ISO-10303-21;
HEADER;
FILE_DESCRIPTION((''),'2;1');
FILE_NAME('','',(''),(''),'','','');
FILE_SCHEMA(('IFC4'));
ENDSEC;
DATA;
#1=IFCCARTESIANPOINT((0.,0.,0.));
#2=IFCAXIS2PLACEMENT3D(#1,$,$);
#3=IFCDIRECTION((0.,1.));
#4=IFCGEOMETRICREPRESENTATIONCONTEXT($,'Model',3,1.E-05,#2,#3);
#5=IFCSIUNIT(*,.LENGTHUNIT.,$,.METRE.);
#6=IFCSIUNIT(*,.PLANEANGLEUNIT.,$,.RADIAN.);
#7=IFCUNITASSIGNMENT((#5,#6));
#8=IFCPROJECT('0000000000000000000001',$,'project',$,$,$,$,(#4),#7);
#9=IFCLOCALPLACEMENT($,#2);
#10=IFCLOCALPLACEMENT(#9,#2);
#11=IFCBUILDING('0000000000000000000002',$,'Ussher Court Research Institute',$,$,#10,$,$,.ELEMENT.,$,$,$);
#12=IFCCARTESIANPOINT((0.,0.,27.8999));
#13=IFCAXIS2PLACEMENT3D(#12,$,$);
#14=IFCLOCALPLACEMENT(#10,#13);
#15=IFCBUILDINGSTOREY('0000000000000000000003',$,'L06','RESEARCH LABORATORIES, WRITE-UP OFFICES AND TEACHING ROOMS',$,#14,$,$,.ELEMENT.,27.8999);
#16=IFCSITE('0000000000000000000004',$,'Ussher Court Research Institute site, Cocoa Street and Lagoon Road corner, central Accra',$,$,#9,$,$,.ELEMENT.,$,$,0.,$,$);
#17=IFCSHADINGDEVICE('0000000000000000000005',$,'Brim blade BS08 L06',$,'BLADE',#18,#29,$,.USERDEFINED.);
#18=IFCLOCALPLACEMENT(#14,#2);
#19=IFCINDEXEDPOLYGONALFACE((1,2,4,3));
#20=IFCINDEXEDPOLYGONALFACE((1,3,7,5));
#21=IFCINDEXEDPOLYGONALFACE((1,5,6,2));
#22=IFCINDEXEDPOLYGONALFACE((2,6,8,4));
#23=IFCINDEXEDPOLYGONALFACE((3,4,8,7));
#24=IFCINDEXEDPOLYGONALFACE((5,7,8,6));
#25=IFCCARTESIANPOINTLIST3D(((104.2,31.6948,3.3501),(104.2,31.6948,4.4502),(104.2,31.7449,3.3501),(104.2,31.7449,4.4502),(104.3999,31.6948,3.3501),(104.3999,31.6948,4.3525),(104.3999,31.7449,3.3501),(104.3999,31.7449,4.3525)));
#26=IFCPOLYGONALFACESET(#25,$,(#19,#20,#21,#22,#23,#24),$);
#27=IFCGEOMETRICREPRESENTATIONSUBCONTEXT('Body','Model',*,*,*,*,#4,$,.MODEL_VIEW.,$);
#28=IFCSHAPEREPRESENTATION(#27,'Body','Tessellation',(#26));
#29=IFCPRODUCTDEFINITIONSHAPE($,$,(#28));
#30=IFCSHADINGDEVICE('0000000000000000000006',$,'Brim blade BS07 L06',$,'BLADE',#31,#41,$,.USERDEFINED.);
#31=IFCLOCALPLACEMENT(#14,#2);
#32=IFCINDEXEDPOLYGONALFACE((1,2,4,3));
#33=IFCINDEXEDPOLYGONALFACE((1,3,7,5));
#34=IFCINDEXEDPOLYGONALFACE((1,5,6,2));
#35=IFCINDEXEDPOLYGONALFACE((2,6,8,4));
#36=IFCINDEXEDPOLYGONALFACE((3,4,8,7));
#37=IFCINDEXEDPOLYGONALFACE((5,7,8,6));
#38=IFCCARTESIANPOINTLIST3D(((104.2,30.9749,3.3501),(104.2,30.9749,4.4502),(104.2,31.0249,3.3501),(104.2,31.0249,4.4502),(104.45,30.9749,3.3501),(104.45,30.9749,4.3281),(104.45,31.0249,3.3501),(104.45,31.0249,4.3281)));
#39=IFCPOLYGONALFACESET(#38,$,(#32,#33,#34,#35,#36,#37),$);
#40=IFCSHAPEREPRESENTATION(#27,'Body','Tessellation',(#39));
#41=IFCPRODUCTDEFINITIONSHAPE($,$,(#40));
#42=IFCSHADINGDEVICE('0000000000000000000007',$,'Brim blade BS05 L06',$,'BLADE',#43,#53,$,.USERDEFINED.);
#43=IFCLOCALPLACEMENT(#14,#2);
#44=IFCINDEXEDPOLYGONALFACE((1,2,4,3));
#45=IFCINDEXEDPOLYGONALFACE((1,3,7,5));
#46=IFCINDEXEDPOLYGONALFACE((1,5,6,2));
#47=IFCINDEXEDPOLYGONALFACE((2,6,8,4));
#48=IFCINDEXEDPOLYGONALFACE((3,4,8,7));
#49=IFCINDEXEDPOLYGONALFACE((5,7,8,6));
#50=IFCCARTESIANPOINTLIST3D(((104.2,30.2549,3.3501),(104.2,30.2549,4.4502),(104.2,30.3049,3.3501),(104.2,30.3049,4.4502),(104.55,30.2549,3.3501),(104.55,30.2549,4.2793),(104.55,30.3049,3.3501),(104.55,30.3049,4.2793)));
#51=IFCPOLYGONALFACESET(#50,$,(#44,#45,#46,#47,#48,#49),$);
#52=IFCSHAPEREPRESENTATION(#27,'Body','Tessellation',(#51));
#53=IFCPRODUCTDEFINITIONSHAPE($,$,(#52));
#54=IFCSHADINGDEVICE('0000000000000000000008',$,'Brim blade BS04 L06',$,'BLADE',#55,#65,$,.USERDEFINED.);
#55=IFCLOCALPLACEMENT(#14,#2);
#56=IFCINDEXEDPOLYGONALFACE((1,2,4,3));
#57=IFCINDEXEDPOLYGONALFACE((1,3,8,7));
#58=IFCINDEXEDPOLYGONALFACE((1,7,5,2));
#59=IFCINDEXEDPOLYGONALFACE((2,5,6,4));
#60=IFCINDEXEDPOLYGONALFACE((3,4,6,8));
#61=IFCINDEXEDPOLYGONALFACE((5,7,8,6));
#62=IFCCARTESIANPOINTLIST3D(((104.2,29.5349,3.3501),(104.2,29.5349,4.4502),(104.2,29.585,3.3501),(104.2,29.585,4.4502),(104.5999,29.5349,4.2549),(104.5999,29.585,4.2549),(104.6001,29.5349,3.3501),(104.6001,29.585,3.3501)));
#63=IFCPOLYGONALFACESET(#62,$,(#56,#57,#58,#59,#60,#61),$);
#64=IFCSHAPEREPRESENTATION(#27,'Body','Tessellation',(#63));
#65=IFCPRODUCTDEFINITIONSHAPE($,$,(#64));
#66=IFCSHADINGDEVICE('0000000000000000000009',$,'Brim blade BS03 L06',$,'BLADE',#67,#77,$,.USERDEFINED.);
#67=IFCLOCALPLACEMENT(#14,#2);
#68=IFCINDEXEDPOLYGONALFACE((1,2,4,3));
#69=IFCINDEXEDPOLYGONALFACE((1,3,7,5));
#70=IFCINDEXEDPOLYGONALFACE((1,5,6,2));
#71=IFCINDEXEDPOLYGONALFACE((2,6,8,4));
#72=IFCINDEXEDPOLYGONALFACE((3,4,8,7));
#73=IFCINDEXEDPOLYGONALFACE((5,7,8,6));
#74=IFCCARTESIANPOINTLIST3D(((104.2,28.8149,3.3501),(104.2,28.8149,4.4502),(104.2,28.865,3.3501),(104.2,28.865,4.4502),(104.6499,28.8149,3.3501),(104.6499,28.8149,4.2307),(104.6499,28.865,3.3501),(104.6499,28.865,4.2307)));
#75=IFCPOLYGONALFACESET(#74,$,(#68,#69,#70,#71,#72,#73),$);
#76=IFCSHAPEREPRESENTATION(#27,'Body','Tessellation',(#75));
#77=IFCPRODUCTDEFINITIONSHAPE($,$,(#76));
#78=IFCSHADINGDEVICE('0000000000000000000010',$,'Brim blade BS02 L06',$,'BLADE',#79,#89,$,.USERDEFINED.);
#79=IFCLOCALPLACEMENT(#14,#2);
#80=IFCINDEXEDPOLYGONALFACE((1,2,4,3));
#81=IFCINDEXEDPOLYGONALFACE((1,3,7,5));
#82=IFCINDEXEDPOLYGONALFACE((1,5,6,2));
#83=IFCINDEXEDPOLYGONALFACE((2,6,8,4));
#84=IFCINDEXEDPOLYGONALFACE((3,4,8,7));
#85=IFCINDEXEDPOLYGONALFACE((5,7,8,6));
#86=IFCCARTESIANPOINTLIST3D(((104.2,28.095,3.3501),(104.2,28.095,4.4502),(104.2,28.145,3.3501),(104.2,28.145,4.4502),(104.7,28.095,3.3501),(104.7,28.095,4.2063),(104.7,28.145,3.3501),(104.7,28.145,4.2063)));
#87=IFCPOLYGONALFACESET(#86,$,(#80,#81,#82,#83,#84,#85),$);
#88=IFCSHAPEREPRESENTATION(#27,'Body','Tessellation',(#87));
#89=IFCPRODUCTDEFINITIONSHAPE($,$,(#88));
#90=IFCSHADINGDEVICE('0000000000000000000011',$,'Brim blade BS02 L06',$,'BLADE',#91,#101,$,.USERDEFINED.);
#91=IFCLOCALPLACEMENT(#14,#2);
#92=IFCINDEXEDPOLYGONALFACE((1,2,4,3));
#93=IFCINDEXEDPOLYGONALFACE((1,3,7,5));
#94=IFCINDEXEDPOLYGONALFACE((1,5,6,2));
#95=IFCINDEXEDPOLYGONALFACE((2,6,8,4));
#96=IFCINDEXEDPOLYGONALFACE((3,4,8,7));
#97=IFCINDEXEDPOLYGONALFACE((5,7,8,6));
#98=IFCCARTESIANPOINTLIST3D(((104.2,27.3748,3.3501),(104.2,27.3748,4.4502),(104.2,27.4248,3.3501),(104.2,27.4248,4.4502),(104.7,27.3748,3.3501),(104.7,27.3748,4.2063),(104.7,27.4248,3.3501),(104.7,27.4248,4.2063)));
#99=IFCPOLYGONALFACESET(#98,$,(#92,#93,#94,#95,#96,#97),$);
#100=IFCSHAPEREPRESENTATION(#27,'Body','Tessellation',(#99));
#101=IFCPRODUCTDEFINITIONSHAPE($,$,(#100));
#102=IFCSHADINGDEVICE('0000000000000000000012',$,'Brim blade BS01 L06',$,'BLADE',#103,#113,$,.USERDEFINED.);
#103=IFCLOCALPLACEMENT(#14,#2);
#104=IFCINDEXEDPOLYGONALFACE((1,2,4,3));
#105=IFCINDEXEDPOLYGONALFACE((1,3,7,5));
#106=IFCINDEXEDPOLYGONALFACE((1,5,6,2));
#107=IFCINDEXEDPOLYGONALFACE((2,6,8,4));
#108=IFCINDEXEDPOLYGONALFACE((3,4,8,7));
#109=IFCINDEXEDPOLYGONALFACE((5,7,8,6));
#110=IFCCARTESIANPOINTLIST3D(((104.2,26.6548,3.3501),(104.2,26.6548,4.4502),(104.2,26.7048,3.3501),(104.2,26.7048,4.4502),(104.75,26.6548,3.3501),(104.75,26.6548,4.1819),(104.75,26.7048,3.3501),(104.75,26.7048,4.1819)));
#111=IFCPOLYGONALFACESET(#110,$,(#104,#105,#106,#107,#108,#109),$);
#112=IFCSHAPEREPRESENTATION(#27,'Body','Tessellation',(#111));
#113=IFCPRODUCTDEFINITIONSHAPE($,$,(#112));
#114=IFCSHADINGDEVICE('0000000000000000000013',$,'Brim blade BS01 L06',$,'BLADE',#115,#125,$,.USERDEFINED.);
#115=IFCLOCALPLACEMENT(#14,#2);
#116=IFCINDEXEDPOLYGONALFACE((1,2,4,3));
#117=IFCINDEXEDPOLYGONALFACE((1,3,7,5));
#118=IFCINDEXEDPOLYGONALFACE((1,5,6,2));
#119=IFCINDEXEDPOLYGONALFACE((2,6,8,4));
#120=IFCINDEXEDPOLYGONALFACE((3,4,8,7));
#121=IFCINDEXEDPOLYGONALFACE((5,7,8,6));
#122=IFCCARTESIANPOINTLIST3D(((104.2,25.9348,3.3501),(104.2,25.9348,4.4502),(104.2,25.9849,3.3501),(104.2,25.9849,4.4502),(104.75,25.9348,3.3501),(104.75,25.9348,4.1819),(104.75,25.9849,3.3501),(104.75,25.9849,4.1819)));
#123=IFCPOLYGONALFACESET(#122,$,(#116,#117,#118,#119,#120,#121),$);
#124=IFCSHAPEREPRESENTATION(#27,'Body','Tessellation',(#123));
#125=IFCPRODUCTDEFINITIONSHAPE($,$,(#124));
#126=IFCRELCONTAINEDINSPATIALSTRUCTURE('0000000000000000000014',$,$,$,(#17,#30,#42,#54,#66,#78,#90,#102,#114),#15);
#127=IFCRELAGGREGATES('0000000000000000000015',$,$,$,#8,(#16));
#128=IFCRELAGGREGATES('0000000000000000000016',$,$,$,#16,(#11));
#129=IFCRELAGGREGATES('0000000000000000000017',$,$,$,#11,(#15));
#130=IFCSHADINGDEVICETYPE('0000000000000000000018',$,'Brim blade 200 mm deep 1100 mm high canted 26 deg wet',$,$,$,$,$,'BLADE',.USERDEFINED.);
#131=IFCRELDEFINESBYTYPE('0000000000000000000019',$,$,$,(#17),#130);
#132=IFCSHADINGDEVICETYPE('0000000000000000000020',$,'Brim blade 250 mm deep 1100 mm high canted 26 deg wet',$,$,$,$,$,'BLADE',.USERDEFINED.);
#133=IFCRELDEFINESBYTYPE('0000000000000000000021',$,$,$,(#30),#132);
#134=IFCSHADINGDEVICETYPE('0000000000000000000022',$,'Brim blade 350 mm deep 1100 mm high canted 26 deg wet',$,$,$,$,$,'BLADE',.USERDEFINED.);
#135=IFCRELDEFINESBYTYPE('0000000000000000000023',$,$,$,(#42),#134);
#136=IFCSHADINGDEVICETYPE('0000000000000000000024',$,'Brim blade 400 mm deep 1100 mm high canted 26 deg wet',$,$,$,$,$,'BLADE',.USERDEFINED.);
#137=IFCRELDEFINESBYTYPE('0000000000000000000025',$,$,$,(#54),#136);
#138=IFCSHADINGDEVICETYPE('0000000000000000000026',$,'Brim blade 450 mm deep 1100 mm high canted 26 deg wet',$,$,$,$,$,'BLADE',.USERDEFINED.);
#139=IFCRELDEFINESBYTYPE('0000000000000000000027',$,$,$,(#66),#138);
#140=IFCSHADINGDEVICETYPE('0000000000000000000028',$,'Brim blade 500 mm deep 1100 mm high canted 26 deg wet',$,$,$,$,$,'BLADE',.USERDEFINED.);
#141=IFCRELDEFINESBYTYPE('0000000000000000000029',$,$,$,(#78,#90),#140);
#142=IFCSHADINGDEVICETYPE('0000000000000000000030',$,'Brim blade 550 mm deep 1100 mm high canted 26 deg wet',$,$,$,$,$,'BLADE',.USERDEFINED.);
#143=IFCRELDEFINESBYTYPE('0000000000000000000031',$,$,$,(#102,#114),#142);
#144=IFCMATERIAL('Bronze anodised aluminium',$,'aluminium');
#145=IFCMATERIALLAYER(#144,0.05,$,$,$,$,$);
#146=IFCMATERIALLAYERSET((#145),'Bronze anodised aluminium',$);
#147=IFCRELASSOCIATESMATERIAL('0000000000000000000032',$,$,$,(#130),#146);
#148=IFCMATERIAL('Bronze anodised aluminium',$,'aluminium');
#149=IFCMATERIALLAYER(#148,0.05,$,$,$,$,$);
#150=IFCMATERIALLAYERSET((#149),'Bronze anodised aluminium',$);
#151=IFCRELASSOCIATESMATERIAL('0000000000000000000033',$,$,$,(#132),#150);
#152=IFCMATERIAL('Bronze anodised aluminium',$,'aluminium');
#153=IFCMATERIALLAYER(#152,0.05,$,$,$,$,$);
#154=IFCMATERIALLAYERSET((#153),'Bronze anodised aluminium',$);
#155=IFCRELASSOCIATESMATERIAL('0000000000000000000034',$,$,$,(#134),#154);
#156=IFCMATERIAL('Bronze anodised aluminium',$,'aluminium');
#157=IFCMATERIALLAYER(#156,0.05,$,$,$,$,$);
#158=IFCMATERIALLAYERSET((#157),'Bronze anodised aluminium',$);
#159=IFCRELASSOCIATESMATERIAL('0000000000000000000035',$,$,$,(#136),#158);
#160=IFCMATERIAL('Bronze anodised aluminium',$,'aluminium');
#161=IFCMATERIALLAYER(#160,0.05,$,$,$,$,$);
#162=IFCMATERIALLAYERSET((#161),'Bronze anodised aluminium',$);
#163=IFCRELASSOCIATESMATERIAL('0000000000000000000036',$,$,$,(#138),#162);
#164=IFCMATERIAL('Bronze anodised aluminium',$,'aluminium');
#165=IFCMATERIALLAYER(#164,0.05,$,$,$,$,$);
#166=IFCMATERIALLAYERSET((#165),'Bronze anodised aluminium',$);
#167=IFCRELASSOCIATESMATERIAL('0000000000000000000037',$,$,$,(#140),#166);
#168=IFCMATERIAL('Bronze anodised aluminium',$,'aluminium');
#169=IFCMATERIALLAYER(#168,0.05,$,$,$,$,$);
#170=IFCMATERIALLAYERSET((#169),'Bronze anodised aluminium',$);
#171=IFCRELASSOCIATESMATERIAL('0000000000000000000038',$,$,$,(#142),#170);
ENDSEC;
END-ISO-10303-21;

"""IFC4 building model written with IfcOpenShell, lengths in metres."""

from ifc_helpers import new_model, si_unit, direction, frame, origin, place, context, subcontext, project, spatial, polyline, outline, extrude, material, layer, layer_set, type_object, element, save


model = new_model("IFC4")

# Units and contexts
model_context = context("Model", 3, precision=1e-05, world=origin(), true_north=direction((0.0, 1.0)))
body_context = subcontext(model_context, "Body", "Model", "MODEL_VIEW")
ifc_project = project(units=[si_unit("LENGTHUNIT", "METRE"), si_unit("PLANEANGLEUNIT", "RADIAN")], contexts=[model_context])

# Site, building, storey
site_placement = place(None, origin())
site = spatial("IfcSite", under=ifc_project, at=site_placement, Name="Ussher Court Research Institute site, Cocoa Street and Lagoon Road corner, central Accra", CompositionType="ELEMENT", RefElevation=0.0)
building_placement = place(site_placement, origin())
building = spatial("IfcBuilding", under=site, at=building_placement, Name="Ussher Court Research Institute", CompositionType="ELEMENT")
storey_placement = place(building_placement, frame((0.0, 0.0, 27.8999)))
storey = spatial("IfcBuildingStorey", under=building, at=storey_placement, Name="L06", Description="RESEARCH LABORATORIES, WRITE-UP OFFICES AND TEACHING ROOMS", CompositionType="ELEMENT", Elevation=27.8999)

# Shading devices
ifc_material_1 = material(Name="Bronze anodised aluminium", Category="aluminium")
ifc_layer_1 = layer(ifc_material_1, 0.05)
ifc_layer_set_1 = layer_set([ifc_layer_1], Name="Bronze anodised aluminium")
shading_device_type_1 = type_object("IfcShadingDeviceType", Name="Brim blade 200 mm deep 1100 mm high canted 26 deg wet", ElementType="BLADE", PredefinedType="USERDEFINED", material=ifc_layer_set_1)
shading_device_1_placement = place(storey_placement, frame((104.2, 31.72, 3.3501), z_axis=(0.0, 0.0, 1.0), x_axis=(1.0, 0.0, 0.0)))
element("IfcShadingDevice", 1, at=shading_device_1_placement, inside=storey, type_object=shading_device_type_1, Name="Brim blade BS08 L06", ObjectType="BLADE", PredefinedType="USERDEFINED", context=body_context, shape_type="SweptSolid", body=[
    extrude(outline(polyline([(0.0, 0.0), (0.2, 0.0), (0.2, 1.0024), (0.0, 1.1001), (0.0, 0.0)])), frame((0.0, 0.0249, 0.0), z_axis=(0.0, -1.0, 0.0), x_axis=(1.0, 0.0, 0.0)), (0.0, 0.0, 1.0), 0.05),
])
ifc_material_2 = material(Name="Bronze anodised aluminium", Category="aluminium")
ifc_layer_2 = layer(ifc_material_2, 0.05)
ifc_layer_set_2 = layer_set([ifc_layer_2], Name="Bronze anodised aluminium")
shading_device_type_2 = type_object("IfcShadingDeviceType", Name="Brim blade 250 mm deep 1100 mm high canted 26 deg wet", ElementType="BLADE", PredefinedType="USERDEFINED", material=ifc_layer_set_2)
shading_device_2_placement = place(storey_placement, frame((104.2, 31.0, 3.3501), z_axis=(0.0, 0.0, 1.0), x_axis=(1.0, 0.0, 0.0)))
element("IfcShadingDevice", 2, at=shading_device_2_placement, inside=storey, type_object=shading_device_type_2, Name="Brim blade BS07 L06", ObjectType="BLADE", PredefinedType="USERDEFINED", context=body_context, shape_type="SweptSolid", body=[
    extrude(outline(polyline([(0.0, 0.0), (0.25, 0.0), (0.25, 0.978), (0.0, 1.1001), (0.0, 0.0)])), frame((0.0, 0.0249, 0.0), z_axis=(0.0, -1.0, 0.0), x_axis=(1.0, 0.0, 0.0)), (0.0, 0.0, 1.0), 0.05),
])
ifc_material_3 = material(Name="Bronze anodised aluminium", Category="aluminium")
ifc_layer_3 = layer(ifc_material_3, 0.05)
ifc_layer_set_3 = layer_set([ifc_layer_3], Name="Bronze anodised aluminium")
shading_device_type_3 = type_object("IfcShadingDeviceType", Name="Brim blade 350 mm deep 1100 mm high canted 26 deg wet", ElementType="BLADE", PredefinedType="USERDEFINED", material=ifc_layer_set_3)
shading_device_3_placement = place(storey_placement, frame((104.2, 30.28, 3.3501), z_axis=(0.0, 0.0, 1.0), x_axis=(1.0, 0.0, 0.0)))
element("IfcShadingDevice", 3, at=shading_device_3_placement, inside=storey, type_object=shading_device_type_3, Name="Brim blade BS05 L06", ObjectType="BLADE", PredefinedType="USERDEFINED", context=body_context, shape_type="SweptSolid", body=[
    extrude(outline(polyline([(0.0, 0.0), (0.3501, 0.0), (0.3501, 0.9292), (0.0, 1.1001), (0.0, 0.0)])), frame((0.0, 0.0249, 0.0), z_axis=(0.0, -1.0, 0.0), x_axis=(1.0, 0.0, 0.0)), (0.0, 0.0, 1.0), 0.05),
])
ifc_material_4 = material(Name="Bronze anodised aluminium", Category="aluminium")
ifc_layer_4 = layer(ifc_material_4, 0.05)
ifc_layer_set_4 = layer_set([ifc_layer_4], Name="Bronze anodised aluminium")
shading_device_type_4 = type_object("IfcShadingDeviceType", Name="Brim blade 400 mm deep 1100 mm high canted 26 deg wet", ElementType="BLADE", PredefinedType="USERDEFINED", material=ifc_layer_set_4)
shading_device_4_placement = place(storey_placement, frame((104.2, 29.5601, 3.3501), z_axis=(0.0, 0.0, 1.0), x_axis=(1.0, 0.0, 0.0)))
element("IfcShadingDevice", 4, at=shading_device_4_placement, inside=storey, type_object=shading_device_type_4, Name="Brim blade BS04 L06", ObjectType="BLADE", PredefinedType="USERDEFINED", context=body_context, shape_type="SweptSolid", body=[
    extrude(outline(polyline([(0.0, 0.0), (0.4001, 0.0), (0.3999, 0.9048), (0.0, 1.1001), (0.0, 0.0)])), frame((0.0, 0.0249, 0.0), z_axis=(0.0, -1.0, 0.0), x_axis=(1.0, 0.0, 0.0)), (0.0, 0.0, 1.0), 0.05),
])
ifc_material_5 = material(Name="Bronze anodised aluminium", Category="aluminium")
ifc_layer_5 = layer(ifc_material_5, 0.05)
ifc_layer_set_5 = layer_set([ifc_layer_5], Name="Bronze anodised aluminium")
shading_device_type_5 = type_object("IfcShadingDeviceType", Name="Brim blade 450 mm deep 1100 mm high canted 26 deg wet", ElementType="BLADE", PredefinedType="USERDEFINED", material=ifc_layer_set_5)
shading_device_5_placement = place(storey_placement, frame((104.2, 28.8401, 3.3501), z_axis=(0.0, 0.0, 1.0), x_axis=(1.0, 0.0, 0.0)))
element("IfcShadingDevice", 5, at=shading_device_5_placement, inside=storey, type_object=shading_device_type_5, Name="Brim blade BS03 L06", ObjectType="BLADE", PredefinedType="USERDEFINED", context=body_context, shape_type="SweptSolid", body=[
    extrude(outline(polyline([(0.0, 0.0), (0.45, 0.0), (0.45, 0.8806), (0.0, 1.1001), (0.0, 0.0)])), frame((0.0, 0.0249, 0.0), z_axis=(0.0, -1.0, 0.0), x_axis=(1.0, 0.0, 0.0)), (0.0, 0.0, 1.0), 0.05),
])
ifc_material_6 = material(Name="Bronze anodised aluminium", Category="aluminium")
ifc_layer_6 = layer(ifc_material_6, 0.05)
ifc_layer_set_6 = layer_set([ifc_layer_6], Name="Bronze anodised aluminium")
shading_device_type_6 = type_object("IfcShadingDeviceType", Name="Brim blade 500 mm deep 1100 mm high canted 26 deg wet", ElementType="BLADE", PredefinedType="USERDEFINED", material=ifc_layer_set_6)
for number, where, z_axis, x_axis, name in (
    (6, (104.2, 28.1201, 3.3501), (0.0, 0.0, 1.0), (1.0, 0.0, 0.0), "Brim blade BS02 L06"),
    (7, (104.2, 27.3999, 3.3501), (0.0, 0.0, 1.0), (1.0, 0.0, 0.0), "Brim blade BS02 L06"),
):
    element("IfcShadingDevice", number, at=place(storey_placement, frame(where, z_axis=z_axis, x_axis=x_axis)), inside=storey, type_object=shading_device_type_6, Name=name, ObjectType="BLADE", PredefinedType="USERDEFINED", context=body_context, shape_type="SweptSolid", body=[
        extrude(outline(polyline([(0.0, 0.0), (0.5, 0.0), (0.5, 0.8562), (0.0, 1.1001), (0.0, 0.0)])), frame((0.0, 0.0249, 0.0), z_axis=(0.0, -1.0, 0.0), x_axis=(1.0, 0.0, 0.0)), (0.0, 0.0, 1.0), 0.05),
    ])
ifc_material_7 = material(Name="Bronze anodised aluminium", Category="aluminium")
ifc_layer_7 = layer(ifc_material_7, 0.05)
ifc_layer_set_7 = layer_set([ifc_layer_7], Name="Bronze anodised aluminium")
shading_device_type_7 = type_object("IfcShadingDeviceType", Name="Brim blade 550 mm deep 1100 mm high canted 26 deg wet", ElementType="BLADE", PredefinedType="USERDEFINED", material=ifc_layer_set_7)
for number, where, z_axis, x_axis, name in (
    (8, (104.2, 26.6799, 3.3501), (0.0, 0.0, 1.0), (1.0, 0.0, 0.0), "Brim blade BS01 L06"),
    (9, (104.2, 25.96, 3.3501), (0.0, 0.0, 1.0), (1.0, 0.0, 0.0), "Brim blade BS01 L06"),
):
    element("IfcShadingDevice", number, at=place(storey_placement, frame(where, z_axis=z_axis, x_axis=x_axis)), inside=storey, type_object=shading_device_type_7, Name=name, ObjectType="BLADE", PredefinedType="USERDEFINED", context=body_context, shape_type="SweptSolid", body=[
        extrude(outline(polyline([(0.0, 0.0), (0.55, 0.0), (0.55, 0.8318), (0.0, 1.1001), (0.0, 0.0)])), frame((0.0, 0.0249, 0.0), z_axis=(0.0, -1.0, 0.0), x_axis=(1.0, 0.0, 0.0)), (0.0, 0.0, 1.0), 0.05),
    ])

save(model, "model.ifc")
